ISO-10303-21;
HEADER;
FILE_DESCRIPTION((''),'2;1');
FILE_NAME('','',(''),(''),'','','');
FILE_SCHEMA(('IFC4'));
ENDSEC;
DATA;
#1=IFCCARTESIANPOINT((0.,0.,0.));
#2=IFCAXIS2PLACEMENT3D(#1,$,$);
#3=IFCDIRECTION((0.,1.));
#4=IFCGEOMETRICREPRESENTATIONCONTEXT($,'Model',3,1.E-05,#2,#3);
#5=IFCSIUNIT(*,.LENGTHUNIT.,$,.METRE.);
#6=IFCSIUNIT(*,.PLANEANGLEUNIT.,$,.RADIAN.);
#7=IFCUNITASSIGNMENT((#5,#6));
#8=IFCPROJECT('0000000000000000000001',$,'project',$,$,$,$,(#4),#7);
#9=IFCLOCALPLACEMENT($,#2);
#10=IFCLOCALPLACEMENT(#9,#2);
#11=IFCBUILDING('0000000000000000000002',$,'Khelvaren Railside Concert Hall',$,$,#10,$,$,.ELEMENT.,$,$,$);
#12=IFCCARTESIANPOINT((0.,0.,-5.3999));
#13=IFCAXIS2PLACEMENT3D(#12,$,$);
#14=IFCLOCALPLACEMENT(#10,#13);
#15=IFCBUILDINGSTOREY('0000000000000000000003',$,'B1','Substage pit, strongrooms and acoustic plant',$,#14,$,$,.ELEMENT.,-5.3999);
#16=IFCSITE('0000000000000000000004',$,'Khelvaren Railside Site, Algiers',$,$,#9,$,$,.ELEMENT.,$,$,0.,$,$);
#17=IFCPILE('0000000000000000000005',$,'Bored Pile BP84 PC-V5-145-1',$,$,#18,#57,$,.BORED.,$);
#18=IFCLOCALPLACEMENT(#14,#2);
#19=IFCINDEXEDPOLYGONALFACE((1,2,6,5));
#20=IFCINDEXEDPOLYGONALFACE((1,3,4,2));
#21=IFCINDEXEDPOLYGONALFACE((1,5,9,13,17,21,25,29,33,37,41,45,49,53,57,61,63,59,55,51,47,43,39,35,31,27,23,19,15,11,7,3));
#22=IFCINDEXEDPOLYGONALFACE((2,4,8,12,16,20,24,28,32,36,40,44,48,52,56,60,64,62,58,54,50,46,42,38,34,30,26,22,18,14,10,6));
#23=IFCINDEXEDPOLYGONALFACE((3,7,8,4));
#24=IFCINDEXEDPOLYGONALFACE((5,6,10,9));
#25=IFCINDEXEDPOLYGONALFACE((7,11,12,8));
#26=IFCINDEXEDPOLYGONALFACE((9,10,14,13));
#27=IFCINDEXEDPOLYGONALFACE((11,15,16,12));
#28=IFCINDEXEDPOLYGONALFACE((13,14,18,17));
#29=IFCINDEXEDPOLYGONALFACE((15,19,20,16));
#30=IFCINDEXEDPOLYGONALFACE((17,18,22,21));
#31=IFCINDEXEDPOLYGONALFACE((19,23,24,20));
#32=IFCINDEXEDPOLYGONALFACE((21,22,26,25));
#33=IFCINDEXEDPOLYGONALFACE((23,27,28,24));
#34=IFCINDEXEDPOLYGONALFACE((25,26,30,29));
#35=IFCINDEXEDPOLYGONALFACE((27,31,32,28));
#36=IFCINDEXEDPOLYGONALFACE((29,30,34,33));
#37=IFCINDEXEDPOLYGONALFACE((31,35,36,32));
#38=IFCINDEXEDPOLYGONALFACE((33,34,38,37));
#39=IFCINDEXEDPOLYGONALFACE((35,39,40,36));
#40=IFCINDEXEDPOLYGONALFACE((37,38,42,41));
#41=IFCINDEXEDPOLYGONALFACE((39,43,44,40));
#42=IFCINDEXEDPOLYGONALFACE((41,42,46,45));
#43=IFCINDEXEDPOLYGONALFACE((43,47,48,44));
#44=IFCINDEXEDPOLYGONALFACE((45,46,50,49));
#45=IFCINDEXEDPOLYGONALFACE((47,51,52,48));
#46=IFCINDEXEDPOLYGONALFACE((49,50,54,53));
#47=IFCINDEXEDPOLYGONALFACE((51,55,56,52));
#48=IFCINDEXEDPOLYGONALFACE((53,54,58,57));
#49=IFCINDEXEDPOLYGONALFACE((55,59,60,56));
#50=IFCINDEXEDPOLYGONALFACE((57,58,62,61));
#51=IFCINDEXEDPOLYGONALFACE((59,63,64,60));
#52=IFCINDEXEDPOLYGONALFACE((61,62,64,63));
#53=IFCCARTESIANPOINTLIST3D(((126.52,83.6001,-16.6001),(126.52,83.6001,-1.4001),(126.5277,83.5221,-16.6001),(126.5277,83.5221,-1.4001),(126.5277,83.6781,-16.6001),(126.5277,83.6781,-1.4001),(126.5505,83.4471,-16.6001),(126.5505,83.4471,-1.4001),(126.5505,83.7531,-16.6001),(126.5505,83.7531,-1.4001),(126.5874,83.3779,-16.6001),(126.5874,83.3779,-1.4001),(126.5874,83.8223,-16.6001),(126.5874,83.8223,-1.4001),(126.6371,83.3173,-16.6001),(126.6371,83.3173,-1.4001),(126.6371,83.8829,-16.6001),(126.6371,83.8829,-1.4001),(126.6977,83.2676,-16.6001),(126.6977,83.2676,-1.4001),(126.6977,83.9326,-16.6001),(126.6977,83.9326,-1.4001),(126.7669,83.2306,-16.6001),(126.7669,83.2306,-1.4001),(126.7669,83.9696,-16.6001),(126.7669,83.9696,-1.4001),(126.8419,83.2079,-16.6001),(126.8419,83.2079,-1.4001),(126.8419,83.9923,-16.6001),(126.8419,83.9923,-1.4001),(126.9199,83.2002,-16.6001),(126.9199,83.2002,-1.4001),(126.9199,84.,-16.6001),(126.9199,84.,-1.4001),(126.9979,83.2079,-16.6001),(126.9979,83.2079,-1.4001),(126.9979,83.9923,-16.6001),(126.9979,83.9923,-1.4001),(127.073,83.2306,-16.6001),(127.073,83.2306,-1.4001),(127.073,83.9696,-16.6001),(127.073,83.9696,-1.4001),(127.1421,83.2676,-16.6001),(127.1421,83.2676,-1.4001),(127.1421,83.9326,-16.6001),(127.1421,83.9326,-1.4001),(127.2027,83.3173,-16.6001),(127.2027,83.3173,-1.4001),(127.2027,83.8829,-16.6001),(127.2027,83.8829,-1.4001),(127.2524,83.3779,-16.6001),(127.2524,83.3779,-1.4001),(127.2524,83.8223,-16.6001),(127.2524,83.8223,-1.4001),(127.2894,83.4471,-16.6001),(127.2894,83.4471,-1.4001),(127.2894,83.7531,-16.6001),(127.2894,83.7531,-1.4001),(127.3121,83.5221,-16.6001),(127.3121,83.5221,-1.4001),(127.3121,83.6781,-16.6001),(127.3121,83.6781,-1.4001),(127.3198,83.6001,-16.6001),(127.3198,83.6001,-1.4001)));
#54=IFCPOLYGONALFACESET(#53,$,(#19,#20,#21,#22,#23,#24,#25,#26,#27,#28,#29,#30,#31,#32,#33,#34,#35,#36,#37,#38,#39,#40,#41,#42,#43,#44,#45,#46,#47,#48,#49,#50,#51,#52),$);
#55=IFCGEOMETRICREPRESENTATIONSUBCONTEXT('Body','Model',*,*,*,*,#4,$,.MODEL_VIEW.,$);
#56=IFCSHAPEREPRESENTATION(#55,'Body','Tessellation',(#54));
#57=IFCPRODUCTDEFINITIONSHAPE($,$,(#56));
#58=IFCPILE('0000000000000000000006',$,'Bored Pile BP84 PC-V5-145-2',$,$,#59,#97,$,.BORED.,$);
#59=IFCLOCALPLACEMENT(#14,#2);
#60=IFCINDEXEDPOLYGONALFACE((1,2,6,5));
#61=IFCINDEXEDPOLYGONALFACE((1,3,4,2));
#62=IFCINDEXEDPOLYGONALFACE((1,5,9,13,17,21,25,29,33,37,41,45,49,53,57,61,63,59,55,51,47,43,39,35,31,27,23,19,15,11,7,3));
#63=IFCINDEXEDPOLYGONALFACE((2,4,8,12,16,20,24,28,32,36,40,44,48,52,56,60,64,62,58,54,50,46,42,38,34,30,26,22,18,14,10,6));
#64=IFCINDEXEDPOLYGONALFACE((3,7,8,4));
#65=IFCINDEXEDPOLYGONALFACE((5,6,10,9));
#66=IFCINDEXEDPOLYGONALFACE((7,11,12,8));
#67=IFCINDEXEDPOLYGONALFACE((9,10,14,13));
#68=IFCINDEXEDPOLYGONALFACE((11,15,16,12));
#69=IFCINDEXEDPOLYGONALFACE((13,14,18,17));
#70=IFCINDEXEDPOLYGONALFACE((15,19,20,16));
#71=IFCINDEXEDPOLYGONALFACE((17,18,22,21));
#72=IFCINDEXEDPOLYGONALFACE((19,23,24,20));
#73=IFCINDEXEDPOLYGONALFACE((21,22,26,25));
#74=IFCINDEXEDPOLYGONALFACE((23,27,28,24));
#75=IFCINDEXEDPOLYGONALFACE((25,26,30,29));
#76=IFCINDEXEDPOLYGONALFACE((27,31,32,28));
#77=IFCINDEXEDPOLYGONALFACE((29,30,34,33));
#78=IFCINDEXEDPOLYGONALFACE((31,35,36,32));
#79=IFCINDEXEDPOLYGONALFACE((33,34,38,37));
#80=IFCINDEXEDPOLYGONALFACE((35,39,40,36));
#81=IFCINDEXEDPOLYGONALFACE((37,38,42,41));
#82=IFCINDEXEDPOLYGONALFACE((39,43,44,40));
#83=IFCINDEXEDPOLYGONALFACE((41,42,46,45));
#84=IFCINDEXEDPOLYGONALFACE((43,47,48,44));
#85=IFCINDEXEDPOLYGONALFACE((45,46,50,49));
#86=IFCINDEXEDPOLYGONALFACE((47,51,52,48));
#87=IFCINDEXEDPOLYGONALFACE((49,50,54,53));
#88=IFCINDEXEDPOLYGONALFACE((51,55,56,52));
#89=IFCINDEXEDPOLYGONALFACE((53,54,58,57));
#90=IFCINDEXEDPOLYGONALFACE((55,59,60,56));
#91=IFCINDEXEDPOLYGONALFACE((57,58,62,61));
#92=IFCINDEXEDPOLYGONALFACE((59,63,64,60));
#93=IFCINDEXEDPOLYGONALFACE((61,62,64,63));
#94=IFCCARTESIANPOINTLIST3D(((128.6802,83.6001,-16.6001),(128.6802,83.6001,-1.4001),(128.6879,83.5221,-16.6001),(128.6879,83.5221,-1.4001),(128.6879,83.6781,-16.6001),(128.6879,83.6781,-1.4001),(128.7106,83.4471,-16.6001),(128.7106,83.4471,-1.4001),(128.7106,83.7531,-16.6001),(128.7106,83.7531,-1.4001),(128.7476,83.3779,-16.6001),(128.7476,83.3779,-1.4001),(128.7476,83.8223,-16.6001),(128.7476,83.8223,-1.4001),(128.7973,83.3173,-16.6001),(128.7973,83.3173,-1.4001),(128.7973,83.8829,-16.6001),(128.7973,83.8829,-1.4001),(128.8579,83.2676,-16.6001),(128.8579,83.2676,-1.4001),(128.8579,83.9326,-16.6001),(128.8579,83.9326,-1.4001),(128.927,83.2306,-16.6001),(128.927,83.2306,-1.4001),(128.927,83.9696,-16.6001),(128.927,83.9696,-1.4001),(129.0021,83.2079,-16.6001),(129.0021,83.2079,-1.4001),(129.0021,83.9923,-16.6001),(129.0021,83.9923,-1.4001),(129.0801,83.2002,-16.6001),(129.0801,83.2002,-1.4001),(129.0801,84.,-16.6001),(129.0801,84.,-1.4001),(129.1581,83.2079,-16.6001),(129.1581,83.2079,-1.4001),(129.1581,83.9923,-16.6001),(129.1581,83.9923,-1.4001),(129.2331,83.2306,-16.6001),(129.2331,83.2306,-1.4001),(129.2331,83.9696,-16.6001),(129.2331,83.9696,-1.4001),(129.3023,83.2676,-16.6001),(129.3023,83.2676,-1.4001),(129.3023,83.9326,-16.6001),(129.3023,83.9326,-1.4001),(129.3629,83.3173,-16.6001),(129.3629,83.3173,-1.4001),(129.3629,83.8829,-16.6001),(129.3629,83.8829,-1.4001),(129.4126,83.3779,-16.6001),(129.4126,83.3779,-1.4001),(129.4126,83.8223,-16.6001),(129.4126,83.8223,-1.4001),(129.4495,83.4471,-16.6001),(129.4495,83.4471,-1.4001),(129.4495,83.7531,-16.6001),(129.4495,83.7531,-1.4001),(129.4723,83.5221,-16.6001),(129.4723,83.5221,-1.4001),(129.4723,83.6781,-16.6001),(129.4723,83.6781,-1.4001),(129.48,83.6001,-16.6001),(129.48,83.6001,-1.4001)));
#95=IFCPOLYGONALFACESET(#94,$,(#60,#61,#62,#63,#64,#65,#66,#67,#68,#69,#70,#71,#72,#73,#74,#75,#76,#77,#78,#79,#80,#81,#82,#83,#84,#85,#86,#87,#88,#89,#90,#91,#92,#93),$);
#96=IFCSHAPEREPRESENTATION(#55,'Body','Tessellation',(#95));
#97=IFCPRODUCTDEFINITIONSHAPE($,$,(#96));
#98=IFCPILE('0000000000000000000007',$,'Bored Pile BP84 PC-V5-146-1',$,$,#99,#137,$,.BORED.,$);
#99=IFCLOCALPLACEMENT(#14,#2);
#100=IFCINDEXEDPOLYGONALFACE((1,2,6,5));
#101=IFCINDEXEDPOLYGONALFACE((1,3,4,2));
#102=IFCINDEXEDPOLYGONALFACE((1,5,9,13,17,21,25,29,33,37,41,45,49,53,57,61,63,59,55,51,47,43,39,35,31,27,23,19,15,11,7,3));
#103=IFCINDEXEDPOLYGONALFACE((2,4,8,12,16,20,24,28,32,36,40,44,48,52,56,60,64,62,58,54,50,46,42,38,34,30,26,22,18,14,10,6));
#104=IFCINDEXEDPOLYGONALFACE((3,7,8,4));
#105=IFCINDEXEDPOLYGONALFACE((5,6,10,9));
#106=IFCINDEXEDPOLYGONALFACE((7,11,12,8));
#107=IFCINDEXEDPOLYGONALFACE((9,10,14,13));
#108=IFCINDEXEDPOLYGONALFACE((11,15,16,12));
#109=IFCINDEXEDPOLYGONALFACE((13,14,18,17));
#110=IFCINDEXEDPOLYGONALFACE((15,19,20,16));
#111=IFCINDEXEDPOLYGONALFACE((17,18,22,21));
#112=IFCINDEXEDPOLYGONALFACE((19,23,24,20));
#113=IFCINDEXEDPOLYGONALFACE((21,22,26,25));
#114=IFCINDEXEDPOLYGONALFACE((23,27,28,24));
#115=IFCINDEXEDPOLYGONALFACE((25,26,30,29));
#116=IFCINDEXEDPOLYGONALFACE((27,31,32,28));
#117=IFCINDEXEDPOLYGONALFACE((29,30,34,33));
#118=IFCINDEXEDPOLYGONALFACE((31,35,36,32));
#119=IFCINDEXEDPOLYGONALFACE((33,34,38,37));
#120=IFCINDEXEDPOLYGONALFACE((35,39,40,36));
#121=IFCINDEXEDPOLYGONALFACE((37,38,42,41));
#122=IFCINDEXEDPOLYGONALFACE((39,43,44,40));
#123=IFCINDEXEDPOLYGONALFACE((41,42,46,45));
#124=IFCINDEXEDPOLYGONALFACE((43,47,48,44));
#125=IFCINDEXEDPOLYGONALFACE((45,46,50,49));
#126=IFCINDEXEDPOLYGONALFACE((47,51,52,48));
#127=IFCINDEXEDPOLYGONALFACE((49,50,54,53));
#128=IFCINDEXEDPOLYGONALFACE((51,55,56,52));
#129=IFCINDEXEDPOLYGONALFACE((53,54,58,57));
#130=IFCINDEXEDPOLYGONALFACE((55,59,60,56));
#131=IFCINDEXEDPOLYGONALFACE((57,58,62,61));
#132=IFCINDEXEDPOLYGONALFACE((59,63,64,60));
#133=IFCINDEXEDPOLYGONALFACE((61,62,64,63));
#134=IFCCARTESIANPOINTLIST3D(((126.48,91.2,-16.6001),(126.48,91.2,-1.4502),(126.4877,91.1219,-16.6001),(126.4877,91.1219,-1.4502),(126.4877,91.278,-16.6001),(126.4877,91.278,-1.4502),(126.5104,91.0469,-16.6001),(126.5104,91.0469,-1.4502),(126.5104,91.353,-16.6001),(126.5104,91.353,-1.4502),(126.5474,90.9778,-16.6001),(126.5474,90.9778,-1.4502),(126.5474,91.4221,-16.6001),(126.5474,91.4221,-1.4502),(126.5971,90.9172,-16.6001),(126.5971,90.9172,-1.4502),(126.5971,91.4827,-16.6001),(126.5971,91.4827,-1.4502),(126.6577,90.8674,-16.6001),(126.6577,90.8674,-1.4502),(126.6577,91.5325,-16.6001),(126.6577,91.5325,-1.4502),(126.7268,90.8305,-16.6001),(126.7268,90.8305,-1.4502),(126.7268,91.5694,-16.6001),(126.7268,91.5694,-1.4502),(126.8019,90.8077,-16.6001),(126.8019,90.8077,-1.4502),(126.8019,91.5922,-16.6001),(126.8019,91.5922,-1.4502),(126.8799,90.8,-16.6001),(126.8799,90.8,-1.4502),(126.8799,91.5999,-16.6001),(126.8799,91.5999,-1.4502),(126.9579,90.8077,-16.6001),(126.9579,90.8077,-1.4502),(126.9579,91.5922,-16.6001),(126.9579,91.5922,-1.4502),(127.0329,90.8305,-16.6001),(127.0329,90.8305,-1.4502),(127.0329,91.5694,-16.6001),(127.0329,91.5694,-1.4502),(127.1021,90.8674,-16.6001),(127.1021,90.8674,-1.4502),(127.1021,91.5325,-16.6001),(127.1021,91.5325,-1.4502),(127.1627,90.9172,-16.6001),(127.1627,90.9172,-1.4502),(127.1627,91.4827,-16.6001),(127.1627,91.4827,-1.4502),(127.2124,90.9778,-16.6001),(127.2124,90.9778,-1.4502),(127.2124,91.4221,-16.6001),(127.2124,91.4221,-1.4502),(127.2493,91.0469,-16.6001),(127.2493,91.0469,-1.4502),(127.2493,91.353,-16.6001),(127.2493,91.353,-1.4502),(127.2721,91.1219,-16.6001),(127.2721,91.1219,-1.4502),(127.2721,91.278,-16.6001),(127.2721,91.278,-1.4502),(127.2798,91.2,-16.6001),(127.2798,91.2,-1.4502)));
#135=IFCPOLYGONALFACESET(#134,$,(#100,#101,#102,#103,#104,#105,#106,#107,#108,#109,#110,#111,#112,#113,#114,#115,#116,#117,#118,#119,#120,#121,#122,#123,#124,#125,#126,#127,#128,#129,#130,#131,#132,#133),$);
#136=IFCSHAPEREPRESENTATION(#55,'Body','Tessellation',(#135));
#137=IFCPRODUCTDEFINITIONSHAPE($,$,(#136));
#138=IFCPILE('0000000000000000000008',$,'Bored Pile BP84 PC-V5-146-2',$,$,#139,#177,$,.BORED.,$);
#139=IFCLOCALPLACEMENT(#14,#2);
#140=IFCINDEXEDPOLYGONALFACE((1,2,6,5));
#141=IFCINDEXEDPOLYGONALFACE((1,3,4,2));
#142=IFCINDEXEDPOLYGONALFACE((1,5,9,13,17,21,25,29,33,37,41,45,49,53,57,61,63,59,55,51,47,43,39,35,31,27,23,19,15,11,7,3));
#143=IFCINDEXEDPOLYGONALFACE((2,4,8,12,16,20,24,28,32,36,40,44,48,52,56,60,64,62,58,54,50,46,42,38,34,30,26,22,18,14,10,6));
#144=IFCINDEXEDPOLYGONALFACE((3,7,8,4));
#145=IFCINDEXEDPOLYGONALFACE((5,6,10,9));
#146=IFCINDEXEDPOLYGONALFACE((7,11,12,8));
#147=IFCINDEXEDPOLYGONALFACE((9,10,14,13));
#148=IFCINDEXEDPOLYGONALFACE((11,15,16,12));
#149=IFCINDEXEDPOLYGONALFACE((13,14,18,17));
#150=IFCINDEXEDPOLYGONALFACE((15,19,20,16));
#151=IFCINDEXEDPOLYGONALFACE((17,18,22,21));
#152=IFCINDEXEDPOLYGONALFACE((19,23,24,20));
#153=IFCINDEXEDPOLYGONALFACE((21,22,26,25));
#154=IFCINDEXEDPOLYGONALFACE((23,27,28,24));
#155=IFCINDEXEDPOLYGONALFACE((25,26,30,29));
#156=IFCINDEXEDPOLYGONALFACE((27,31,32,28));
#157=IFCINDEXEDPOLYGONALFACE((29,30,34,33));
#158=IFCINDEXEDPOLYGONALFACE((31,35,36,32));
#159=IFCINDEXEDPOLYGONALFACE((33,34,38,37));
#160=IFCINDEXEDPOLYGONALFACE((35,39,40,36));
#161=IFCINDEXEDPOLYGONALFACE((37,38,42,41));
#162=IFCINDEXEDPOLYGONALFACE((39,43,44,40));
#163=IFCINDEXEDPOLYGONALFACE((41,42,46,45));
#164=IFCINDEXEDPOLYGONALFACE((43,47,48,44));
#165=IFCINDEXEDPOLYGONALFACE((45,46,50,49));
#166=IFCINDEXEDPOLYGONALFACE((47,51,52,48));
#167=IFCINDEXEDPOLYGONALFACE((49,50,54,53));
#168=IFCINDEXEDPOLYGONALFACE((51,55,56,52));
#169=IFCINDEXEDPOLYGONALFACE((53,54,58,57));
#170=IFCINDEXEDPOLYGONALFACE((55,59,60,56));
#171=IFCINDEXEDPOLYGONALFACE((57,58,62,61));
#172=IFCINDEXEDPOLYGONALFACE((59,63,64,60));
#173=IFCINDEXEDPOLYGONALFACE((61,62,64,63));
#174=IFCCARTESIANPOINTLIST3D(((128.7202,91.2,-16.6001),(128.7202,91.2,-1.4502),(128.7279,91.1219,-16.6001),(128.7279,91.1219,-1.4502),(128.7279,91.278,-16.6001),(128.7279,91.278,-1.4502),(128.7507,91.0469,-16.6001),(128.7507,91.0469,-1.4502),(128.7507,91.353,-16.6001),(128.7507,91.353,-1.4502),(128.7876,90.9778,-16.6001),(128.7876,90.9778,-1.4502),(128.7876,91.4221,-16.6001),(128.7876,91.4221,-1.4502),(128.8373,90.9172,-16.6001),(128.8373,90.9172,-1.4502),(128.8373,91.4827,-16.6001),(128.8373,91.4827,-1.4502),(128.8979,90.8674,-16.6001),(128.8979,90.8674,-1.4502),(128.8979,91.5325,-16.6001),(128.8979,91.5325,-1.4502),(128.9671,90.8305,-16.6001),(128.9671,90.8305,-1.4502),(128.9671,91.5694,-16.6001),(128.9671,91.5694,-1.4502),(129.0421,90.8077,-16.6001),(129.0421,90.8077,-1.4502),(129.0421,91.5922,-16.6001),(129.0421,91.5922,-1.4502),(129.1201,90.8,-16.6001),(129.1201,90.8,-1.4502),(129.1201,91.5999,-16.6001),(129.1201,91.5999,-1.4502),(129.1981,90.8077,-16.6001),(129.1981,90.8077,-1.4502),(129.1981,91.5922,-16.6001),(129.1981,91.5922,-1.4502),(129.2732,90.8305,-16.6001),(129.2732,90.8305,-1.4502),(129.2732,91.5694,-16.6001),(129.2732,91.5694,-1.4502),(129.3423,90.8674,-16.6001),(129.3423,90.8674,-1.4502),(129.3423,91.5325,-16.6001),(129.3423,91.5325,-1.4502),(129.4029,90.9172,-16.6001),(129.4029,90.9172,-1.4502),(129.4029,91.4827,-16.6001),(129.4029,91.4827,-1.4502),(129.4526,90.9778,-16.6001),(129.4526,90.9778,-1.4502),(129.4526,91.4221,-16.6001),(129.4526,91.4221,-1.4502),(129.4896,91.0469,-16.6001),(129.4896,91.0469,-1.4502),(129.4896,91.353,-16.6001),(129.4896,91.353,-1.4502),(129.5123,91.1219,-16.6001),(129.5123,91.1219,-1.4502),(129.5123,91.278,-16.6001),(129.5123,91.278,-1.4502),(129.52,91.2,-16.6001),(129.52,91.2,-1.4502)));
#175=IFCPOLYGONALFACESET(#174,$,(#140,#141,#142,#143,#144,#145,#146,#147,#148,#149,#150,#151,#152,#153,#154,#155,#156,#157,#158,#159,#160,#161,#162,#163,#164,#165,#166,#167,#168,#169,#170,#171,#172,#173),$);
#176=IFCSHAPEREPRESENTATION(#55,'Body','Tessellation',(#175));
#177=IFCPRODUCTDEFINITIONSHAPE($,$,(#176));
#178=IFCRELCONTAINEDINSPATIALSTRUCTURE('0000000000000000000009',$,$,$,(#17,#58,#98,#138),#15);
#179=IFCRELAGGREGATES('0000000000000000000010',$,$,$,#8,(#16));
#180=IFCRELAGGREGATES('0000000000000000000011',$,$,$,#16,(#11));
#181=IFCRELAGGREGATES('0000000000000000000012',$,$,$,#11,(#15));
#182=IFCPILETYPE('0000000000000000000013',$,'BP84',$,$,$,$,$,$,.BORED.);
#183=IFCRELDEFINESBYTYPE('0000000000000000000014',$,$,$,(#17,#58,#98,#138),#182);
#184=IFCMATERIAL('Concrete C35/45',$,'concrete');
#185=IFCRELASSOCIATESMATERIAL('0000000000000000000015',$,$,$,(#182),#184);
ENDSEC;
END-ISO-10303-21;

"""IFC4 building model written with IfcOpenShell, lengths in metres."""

from ifc_helpers import new_model, si_unit, direction, frame, origin, origin_2d, place, context, subcontext, project, spatial, circle, extrude, material, material_profile, profile_set, type_object, element, save


model = new_model("IFC4")

# Units and contexts
model_context = context("Model", 3, precision=1e-05, world=origin(), true_north=direction((0.0, 1.0)))
body_context = subcontext(model_context, "Body", "Model", "MODEL_VIEW")
ifc_project = project(units=[si_unit("LENGTHUNIT", "METRE"), si_unit("PLANEANGLEUNIT", "RADIAN")], contexts=[model_context])

# Site, building, storey
site_placement = place(None, origin())
site = spatial("IfcSite", under=ifc_project, at=site_placement, Name="Khelvaren Railside Site, Algiers", CompositionType="ELEMENT", RefElevation=0.0)
building_placement = place(site_placement, origin())
building = spatial("IfcBuilding", under=site, at=building_placement, Name="Khelvaren Railside Concert Hall", CompositionType="ELEMENT")
storey_placement = place(building_placement, frame((0.0, 0.0, -5.3999)))
storey = spatial("IfcBuildingStorey", under=building, at=storey_placement, Name="B1", Description="Substage pit, strongrooms and acoustic plant", CompositionType="ELEMENT", Elevation=-5.3999)

# Piles
ifc_material_1 = material(Name="Concrete C35/45", Category="concrete")
ifc_material_profile_1 = material_profile(ifc_material_1, circle(Radius=0.3999, at=origin_2d()), Name="BP D800")
ifc_profile_set_1 = profile_set([ifc_material_profile_1], Name="Concrete C35/45")
pile_type = type_object("IfcPileType", Name="BP84", PredefinedType="BORED", material=ifc_profile_set_1)
for number, where, z_axis, x_axis, name in (
    (1, (126.9199, 83.6001, -1.4001), (0.0, 0.0, -1.0), (1.0, 0.0, 0.0), "Bored Pile BP84 PC-V5-145-1"),
    (2, (129.0801, 83.6001, -1.4001), (0.0, 0.0, -1.0), (1.0, 0.0, 0.0), "Bored Pile BP84 PC-V5-145-2"),
):
    element("IfcPile", number, at=place(storey_placement, frame(where, z_axis=z_axis, x_axis=x_axis)), inside=storey, type_object=pile_type, Name=name, PredefinedType="BORED", context=body_context, shape_type="SweptSolid", body=[
        extrude(circle(Radius=0.3999, at=origin_2d()), origin(), (0.0, 0.0, 1.0), 15.2),
    ])
for number, where, z_axis, x_axis, name in (
    (3, (126.8799, 91.2, -1.4502), (0.0, 0.0, -1.0), (1.0, 0.0, 0.0), "Bored Pile BP84 PC-V5-146-1"),
    (4, (129.1201, 91.2, -1.4502), (0.0, 0.0, -1.0), (1.0, 0.0, 0.0), "Bored Pile BP84 PC-V5-146-2"),
):
    element("IfcPile", number, at=place(storey_placement, frame(where, z_axis=z_axis, x_axis=x_axis)), inside=storey, type_object=pile_type, Name=name, PredefinedType="BORED", context=body_context, shape_type="SweptSolid", body=[
        extrude(circle(Radius=0.3999, at=origin_2d()), origin(), (0.0, 0.0, 1.0), 15.1499),
    ])

save(model, "model.ifc")
